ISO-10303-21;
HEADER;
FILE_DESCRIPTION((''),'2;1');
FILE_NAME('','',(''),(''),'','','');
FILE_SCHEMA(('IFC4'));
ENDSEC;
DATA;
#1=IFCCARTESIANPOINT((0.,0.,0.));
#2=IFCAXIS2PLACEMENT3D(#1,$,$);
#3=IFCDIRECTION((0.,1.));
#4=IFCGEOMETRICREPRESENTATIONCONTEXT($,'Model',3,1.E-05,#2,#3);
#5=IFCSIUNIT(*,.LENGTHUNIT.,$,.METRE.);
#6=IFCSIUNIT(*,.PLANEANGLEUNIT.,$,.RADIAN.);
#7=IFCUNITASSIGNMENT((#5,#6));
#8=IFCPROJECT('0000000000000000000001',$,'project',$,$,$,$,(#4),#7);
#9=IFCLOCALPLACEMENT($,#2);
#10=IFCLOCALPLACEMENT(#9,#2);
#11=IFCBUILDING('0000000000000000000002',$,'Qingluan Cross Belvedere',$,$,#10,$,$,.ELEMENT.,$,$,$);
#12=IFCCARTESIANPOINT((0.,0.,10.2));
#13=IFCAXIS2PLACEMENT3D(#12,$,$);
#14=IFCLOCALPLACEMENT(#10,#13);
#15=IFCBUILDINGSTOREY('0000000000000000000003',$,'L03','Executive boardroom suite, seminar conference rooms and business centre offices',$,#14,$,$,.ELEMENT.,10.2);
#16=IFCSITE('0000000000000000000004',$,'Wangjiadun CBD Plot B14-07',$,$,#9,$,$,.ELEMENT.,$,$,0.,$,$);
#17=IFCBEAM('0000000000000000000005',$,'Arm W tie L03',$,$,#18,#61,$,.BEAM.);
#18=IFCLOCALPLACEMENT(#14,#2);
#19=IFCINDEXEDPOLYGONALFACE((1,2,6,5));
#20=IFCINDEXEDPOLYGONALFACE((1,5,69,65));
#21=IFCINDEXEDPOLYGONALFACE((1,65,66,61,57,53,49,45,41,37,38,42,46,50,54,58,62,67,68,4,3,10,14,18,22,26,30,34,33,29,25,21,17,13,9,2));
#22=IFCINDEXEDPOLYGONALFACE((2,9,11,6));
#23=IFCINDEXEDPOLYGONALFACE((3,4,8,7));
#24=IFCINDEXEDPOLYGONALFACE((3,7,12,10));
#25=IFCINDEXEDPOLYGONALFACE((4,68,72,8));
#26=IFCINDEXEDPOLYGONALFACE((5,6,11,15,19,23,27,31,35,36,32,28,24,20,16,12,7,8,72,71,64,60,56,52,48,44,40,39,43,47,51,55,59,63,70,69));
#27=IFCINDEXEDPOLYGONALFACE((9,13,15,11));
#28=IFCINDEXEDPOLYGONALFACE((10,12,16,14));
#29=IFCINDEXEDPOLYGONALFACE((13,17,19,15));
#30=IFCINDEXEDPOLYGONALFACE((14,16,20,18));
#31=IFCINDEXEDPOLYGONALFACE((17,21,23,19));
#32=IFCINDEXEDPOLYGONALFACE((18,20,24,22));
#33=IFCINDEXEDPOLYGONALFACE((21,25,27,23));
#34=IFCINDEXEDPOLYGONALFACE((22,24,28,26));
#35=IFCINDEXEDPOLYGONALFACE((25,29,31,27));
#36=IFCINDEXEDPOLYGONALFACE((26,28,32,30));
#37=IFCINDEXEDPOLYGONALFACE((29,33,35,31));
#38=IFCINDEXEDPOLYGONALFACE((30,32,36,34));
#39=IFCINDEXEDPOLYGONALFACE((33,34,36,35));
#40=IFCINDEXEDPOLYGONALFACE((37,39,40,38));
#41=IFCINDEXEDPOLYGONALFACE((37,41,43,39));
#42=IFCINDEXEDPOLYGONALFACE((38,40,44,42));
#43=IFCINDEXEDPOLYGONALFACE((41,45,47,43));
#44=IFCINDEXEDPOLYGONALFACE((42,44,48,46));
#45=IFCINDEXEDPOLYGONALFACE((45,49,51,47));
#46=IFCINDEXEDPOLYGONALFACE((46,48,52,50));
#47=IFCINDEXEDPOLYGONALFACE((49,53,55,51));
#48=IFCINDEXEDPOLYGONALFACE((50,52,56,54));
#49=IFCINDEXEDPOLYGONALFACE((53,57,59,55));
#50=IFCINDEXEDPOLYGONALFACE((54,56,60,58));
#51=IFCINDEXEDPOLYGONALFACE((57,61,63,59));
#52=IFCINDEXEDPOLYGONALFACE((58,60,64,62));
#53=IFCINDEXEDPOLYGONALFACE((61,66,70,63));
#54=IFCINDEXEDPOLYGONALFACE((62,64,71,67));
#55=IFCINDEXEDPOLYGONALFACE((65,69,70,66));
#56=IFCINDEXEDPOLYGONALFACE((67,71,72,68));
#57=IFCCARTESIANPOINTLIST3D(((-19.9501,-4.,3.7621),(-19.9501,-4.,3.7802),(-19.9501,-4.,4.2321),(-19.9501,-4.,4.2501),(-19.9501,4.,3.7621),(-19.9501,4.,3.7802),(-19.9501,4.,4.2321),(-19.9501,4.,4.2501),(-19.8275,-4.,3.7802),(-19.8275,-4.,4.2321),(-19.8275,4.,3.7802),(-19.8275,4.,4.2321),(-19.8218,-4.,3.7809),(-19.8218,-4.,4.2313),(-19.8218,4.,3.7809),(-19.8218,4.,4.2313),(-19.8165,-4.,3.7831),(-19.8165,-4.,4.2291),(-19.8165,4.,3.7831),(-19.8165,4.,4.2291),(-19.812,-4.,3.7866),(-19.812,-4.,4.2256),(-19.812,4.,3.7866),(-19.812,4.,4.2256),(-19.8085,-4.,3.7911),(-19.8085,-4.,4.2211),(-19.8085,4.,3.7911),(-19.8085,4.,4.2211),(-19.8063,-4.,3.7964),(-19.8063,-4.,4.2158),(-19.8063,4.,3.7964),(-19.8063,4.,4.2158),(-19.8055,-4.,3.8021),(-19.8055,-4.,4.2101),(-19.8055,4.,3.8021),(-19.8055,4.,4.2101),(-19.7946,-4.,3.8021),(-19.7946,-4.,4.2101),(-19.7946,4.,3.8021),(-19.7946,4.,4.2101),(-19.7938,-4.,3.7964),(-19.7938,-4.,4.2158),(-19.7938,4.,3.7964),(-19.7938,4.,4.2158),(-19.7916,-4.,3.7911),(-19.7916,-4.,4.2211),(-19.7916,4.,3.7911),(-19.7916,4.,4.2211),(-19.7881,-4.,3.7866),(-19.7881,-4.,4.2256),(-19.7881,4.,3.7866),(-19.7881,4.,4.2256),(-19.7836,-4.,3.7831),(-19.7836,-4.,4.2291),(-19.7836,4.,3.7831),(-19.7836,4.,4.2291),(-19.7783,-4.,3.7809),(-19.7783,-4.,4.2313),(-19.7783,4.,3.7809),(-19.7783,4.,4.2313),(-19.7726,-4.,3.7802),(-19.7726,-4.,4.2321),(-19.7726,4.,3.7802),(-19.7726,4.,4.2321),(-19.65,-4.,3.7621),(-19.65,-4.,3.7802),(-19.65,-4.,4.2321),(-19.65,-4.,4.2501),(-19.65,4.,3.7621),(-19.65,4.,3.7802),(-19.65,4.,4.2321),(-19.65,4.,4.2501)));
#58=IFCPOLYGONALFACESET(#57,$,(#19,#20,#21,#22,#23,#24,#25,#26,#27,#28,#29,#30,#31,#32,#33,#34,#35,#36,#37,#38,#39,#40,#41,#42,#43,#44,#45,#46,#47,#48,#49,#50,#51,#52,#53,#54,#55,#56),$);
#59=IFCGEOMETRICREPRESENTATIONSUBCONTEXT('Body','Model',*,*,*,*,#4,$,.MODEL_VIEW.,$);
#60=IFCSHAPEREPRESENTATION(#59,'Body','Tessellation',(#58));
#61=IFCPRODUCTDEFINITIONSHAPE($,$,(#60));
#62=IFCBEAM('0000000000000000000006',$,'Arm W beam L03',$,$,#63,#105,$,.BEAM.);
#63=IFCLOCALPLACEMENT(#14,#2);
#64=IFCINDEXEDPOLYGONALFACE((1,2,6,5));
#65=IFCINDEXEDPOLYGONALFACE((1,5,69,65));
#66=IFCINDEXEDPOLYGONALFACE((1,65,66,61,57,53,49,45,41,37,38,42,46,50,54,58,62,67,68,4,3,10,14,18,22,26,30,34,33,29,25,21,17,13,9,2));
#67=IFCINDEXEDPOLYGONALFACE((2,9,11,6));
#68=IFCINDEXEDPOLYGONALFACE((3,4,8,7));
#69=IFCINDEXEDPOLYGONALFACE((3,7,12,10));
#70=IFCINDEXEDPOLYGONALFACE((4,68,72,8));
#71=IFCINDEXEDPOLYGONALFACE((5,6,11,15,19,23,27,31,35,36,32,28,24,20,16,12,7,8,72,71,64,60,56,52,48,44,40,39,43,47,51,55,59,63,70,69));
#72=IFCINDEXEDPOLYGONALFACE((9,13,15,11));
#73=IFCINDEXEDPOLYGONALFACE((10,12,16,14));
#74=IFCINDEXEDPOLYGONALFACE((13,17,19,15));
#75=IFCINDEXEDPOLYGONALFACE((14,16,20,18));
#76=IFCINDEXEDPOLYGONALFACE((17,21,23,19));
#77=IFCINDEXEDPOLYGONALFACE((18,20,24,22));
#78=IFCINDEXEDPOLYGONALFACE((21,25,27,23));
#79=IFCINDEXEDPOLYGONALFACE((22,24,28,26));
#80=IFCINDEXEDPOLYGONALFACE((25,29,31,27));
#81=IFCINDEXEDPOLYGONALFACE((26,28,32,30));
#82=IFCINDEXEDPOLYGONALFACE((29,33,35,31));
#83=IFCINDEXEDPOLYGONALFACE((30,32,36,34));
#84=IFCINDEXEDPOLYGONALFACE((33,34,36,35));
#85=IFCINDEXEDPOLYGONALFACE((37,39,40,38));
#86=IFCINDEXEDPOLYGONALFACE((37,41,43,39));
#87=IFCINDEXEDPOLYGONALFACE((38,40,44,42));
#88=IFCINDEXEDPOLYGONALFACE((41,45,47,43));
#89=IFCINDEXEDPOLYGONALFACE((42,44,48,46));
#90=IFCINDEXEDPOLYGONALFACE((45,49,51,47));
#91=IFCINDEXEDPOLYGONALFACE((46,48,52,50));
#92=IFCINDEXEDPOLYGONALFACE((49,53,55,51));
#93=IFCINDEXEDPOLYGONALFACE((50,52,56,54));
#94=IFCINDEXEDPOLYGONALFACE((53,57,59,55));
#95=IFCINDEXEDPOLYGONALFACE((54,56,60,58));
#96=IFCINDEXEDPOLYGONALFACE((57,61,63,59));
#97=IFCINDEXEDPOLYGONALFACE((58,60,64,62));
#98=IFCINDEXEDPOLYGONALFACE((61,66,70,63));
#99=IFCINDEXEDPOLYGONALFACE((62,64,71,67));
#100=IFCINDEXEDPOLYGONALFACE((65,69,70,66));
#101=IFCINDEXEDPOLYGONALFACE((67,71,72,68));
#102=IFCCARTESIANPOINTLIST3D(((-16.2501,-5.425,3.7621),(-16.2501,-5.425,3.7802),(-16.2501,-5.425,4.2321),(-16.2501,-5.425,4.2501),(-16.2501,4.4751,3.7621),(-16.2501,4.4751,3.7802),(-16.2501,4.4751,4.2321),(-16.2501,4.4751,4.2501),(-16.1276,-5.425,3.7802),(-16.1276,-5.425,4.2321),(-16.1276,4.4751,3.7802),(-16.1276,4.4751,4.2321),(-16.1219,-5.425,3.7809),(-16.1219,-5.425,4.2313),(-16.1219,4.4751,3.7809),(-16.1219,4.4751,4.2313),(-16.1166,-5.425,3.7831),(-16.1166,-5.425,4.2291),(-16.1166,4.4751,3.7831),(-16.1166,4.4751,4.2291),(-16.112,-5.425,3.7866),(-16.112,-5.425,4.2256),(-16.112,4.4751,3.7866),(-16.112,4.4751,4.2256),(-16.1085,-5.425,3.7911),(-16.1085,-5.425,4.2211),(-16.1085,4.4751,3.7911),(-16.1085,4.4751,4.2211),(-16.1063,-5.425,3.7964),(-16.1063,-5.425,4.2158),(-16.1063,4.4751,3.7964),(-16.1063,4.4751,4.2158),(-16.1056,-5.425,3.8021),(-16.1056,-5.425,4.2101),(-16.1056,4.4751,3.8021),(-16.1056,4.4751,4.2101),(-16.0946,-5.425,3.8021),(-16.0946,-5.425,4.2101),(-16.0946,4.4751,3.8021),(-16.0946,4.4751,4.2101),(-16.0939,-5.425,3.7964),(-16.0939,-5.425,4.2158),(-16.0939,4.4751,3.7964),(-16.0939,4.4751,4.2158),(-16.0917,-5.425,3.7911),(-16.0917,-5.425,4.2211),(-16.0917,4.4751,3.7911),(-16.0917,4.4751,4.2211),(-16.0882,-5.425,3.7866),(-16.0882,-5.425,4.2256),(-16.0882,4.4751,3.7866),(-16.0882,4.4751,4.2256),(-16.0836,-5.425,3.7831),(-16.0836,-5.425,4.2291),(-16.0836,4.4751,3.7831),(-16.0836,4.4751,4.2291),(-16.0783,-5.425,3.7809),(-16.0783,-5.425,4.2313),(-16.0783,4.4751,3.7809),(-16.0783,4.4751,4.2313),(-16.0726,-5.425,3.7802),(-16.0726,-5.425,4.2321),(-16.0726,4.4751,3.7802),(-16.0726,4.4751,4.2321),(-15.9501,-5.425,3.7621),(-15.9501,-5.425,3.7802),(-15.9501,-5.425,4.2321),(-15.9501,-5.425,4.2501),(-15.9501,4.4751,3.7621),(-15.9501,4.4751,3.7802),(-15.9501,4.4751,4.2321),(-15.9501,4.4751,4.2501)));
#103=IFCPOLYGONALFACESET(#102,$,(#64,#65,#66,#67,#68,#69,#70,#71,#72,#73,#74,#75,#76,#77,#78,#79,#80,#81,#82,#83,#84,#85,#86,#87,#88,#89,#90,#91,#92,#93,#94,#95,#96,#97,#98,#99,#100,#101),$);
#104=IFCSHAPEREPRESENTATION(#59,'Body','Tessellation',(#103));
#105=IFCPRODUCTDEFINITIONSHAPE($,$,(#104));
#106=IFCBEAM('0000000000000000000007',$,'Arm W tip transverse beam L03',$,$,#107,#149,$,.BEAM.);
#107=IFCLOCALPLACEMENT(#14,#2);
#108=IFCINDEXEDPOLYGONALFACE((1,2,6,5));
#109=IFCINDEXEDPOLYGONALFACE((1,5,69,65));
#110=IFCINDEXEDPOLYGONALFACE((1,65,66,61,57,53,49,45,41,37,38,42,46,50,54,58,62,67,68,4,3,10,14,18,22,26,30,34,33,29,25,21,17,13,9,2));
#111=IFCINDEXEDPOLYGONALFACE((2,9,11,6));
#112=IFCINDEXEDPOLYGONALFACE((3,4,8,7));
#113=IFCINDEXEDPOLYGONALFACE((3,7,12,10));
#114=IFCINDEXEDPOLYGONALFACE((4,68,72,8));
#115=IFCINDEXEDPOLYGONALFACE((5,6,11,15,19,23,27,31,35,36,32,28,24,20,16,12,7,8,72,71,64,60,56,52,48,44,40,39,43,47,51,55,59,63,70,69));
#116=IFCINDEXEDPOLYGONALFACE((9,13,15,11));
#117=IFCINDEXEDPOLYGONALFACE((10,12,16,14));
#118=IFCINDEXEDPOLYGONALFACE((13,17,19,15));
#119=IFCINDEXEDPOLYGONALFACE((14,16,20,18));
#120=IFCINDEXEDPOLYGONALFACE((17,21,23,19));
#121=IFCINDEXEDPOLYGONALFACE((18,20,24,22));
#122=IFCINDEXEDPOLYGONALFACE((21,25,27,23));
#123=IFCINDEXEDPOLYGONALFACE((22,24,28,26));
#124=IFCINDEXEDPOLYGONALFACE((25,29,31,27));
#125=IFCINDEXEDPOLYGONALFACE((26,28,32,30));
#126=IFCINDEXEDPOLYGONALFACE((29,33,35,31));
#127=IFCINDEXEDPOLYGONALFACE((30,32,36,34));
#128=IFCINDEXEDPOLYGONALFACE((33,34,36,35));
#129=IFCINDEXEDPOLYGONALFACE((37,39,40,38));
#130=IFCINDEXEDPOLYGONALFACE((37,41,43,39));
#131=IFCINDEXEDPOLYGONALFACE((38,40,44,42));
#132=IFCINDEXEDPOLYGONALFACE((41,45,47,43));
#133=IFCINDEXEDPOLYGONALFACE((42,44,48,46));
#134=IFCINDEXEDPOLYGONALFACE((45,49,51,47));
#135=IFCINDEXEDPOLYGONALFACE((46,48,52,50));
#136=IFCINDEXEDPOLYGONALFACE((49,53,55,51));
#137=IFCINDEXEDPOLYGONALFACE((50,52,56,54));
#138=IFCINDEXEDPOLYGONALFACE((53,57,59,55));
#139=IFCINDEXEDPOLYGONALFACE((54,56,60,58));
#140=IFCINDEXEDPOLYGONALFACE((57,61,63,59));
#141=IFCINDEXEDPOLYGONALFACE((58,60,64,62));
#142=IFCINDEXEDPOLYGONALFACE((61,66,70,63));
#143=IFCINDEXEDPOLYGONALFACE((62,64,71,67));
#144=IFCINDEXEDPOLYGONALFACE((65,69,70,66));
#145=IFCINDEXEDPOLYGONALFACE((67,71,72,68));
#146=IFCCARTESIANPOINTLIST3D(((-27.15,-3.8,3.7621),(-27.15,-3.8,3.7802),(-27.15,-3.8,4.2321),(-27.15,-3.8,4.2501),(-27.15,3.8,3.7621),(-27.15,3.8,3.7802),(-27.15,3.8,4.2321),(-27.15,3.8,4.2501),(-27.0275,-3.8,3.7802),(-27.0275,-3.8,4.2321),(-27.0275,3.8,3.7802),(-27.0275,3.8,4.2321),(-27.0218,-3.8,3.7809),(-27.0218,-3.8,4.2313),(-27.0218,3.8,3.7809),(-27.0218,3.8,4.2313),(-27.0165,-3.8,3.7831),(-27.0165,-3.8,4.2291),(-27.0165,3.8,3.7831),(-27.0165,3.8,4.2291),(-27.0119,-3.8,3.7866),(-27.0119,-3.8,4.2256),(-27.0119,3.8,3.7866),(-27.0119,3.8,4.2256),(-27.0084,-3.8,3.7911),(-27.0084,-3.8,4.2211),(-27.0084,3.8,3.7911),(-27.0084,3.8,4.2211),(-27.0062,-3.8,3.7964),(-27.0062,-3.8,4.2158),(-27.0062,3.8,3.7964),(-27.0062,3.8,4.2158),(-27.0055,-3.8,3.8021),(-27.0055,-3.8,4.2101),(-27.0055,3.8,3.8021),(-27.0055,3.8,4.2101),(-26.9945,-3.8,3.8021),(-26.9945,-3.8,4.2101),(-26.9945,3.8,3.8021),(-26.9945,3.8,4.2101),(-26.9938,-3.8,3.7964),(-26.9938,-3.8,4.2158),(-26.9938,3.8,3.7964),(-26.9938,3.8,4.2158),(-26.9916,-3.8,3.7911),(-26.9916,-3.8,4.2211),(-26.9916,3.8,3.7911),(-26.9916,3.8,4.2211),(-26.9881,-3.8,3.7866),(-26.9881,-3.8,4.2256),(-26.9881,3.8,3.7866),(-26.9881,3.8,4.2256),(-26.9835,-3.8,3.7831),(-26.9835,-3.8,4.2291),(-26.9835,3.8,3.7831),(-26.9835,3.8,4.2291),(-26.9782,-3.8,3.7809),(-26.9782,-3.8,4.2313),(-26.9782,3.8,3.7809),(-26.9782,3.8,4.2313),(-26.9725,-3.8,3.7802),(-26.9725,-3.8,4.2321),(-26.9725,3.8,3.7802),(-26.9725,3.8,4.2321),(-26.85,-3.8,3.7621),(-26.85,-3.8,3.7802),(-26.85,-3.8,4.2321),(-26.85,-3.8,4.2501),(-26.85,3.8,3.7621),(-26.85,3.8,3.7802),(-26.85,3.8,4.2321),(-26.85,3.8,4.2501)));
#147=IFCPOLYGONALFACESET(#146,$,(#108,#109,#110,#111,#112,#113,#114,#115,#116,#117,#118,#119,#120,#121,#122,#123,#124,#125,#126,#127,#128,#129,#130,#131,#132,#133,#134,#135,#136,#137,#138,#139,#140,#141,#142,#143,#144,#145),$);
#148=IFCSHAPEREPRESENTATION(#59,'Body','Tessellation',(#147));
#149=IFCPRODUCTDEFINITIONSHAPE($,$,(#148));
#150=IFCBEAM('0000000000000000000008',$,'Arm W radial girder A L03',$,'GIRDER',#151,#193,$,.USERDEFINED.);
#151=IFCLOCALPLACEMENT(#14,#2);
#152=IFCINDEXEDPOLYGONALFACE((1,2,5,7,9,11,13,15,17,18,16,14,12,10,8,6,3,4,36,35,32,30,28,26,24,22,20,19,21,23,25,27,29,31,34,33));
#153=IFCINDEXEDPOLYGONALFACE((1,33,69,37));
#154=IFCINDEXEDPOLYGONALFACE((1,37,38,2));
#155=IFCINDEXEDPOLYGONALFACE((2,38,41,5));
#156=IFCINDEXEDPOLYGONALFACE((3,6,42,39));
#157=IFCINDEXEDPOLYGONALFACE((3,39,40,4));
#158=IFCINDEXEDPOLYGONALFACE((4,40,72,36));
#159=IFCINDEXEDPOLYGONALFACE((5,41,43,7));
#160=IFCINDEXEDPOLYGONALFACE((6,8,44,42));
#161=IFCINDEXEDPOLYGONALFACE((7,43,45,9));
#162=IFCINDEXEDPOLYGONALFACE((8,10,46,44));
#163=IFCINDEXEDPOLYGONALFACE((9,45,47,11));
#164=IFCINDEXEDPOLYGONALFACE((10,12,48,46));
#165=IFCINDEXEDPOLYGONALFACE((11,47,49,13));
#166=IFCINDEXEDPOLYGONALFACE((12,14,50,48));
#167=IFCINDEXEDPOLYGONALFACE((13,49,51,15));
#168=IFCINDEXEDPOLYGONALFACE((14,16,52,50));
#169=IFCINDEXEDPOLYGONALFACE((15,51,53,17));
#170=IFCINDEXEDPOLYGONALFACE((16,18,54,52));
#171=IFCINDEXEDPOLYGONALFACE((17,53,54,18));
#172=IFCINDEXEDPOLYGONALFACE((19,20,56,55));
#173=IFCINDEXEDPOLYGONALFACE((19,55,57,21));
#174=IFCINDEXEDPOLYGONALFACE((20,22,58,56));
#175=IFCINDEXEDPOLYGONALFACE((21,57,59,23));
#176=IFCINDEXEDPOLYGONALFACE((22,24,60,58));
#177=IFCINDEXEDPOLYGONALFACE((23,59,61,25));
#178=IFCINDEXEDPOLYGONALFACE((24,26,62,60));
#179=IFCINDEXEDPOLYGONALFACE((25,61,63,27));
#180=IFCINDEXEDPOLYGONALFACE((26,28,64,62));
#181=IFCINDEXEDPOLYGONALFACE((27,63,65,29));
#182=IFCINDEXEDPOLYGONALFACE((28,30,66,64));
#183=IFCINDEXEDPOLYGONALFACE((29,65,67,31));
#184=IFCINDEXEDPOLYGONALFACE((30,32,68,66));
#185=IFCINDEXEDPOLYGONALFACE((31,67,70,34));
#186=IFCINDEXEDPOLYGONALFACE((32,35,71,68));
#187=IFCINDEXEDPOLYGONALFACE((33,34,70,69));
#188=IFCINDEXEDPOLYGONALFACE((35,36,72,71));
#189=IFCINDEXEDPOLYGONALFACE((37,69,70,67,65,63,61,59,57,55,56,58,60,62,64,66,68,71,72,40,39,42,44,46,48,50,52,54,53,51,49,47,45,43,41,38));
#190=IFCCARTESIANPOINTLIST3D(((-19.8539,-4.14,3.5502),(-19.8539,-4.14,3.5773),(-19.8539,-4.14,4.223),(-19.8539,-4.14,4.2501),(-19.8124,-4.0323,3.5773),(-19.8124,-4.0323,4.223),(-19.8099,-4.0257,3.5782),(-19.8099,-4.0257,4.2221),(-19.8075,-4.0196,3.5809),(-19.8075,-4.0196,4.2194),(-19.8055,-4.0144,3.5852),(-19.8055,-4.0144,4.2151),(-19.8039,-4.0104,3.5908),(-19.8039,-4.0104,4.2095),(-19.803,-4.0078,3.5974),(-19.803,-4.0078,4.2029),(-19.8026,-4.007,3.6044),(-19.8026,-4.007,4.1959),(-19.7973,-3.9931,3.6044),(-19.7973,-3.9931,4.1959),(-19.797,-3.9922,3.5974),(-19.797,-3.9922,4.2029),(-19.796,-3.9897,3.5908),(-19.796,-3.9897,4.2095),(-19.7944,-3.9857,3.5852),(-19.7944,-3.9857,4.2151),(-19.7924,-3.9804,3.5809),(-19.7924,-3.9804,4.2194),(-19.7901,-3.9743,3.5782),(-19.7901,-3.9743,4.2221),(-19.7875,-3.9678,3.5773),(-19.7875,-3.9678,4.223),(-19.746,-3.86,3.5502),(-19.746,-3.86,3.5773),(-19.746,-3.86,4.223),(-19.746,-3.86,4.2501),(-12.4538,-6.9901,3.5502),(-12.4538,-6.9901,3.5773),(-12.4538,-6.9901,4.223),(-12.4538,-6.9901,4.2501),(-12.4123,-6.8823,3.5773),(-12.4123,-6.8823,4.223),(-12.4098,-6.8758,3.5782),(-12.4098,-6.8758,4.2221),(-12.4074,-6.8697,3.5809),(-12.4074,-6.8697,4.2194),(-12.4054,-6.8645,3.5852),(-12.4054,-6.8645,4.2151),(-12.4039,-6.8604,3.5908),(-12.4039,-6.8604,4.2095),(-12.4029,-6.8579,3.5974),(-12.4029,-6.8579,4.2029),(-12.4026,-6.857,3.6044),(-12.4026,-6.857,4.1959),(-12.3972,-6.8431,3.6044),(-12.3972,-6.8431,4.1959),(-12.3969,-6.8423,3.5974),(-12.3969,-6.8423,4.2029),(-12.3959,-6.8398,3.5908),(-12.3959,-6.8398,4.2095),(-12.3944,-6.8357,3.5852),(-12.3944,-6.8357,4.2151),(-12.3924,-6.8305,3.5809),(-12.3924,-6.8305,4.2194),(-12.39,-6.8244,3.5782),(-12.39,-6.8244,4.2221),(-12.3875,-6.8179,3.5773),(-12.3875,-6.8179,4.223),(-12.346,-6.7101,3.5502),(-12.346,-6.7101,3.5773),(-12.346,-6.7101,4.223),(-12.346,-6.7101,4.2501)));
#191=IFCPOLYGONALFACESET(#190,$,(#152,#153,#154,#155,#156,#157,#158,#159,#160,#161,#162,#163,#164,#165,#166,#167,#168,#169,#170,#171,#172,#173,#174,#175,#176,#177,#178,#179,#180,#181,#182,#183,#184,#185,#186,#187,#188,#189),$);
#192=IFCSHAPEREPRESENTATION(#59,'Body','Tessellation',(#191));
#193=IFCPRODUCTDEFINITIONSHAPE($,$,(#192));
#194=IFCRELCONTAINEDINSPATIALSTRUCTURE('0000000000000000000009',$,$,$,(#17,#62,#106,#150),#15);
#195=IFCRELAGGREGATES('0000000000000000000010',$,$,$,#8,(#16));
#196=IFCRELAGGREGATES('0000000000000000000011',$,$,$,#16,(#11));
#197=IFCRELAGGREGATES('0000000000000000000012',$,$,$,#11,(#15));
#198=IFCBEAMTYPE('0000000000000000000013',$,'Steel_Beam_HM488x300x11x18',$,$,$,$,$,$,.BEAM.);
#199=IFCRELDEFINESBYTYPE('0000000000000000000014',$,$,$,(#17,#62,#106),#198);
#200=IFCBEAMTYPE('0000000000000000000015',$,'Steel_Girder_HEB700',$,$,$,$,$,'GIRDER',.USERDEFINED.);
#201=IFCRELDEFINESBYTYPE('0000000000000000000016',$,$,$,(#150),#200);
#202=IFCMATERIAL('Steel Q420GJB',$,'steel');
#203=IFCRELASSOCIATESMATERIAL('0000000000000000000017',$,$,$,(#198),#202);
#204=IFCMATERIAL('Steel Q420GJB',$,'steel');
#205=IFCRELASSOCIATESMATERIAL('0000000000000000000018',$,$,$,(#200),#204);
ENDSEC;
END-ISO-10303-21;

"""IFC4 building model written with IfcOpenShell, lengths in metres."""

from ifc_helpers import new_model, si_unit, direction, frame, origin, origin_2d, place, context, subcontext, project, spatial, i_section, extrude, material, material_profile, profile_set, type_object, element, save


model = new_model("IFC4")

# Units and contexts
model_context = context("Model", 3, precision=1e-05, world=origin(), true_north=direction((0.0, 1.0)))
body_context = subcontext(model_context, "Body", "Model", "MODEL_VIEW")
ifc_project = project(units=[si_unit("LENGTHUNIT", "METRE"), si_unit("PLANEANGLEUNIT", "RADIAN")], contexts=[model_context])

# Site, building, storey
site_placement = place(None, origin())
site = spatial("IfcSite", under=ifc_project, at=site_placement, Name="Wangjiadun CBD Plot B14-07", CompositionType="ELEMENT", RefElevation=0.0)
building_placement = place(site_placement, origin())
building = spatial("IfcBuilding", under=site, at=building_placement, Name="Qingluan Cross Belvedere", CompositionType="ELEMENT")
storey_placement = place(building_placement, frame((0.0, 0.0, 10.2)))
storey = spatial("IfcBuildingStorey", under=building, at=storey_placement, Name="L03", Description="Executive boardroom suite, seminar conference rooms and business centre offices", CompositionType="ELEMENT", Elevation=10.2)

# Beams
ifc_material_1 = material(Name="Steel Q420GJB", Category="steel")
ifc_material_profile_1 = material_profile(ifc_material_1, i_section(OverallWidth=0.3, OverallDepth=0.488, WebThickness=0.011, FlangeThickness=0.0181, FilletRadius=0.022, at=origin_2d()), Name="HM488x300x11x18")
ifc_profile_set_1 = profile_set([ifc_material_profile_1], Name="Steel Q420GJB")
beam_type_1 = type_object("IfcBeamType", Name="Steel_Beam_HM488x300x11x18", PredefinedType="BEAM", material=ifc_profile_set_1)
for number, where, z_axis, x_axis, name in (
    (1, (-19.8, -4.0, 4.0061), (0.0, 1.0, 0.0), (-1.0, 0.0, 0.0), "Arm W tie L03"),
):
    element("IfcBeam", number, at=place(storey_placement, frame(where, z_axis=z_axis, x_axis=x_axis)), inside=storey, type_object=beam_type_1, Name=name, PredefinedType="BEAM", context=body_context, shape_type="SweptSolid", body=[
        extrude(i_section(OverallWidth=0.3, OverallDepth=0.488, WebThickness=0.011, FlangeThickness=0.0181, FilletRadius=0.022, at=origin_2d()), origin(), (0.0, 0.0, 1.0), 8.0),
    ])
beam_1_placement = place(storey_placement, frame((-16.1001, -5.425, 4.0061), z_axis=(0.0, 1.0, 0.0), x_axis=(-1.0, 0.0, 0.0)))
element("IfcBeam", 2, at=beam_1_placement, inside=storey, type_object=beam_type_1, Name="Arm W beam L03", PredefinedType="BEAM", context=body_context, shape_type="SweptSolid", body=[
    extrude(i_section(OverallWidth=0.3, OverallDepth=0.488, WebThickness=0.011, FlangeThickness=0.0181, FilletRadius=0.022, at=origin_2d()), origin(), (0.0, 0.0, 1.0), 9.9001),
])
beam_2_placement = place(storey_placement, frame((-27.0, -3.8, 4.0061), z_axis=(0.0, 1.0, 0.0), x_axis=(-1.0, 0.0, 0.0)))
element("IfcBeam", 3, at=beam_2_placement, inside=storey, type_object=beam_type_1, Name="Arm W tip transverse beam L03", PredefinedType="BEAM", context=body_context, shape_type="SweptSolid", body=[
    extrude(i_section(OverallWidth=0.3, OverallDepth=0.488, WebThickness=0.011, FlangeThickness=0.0181, FilletRadius=0.022, at=origin_2d()), origin(), (0.0, 0.0, 1.0), 7.6001),
])
ifc_material_2 = material(Name="Steel Q420GJB", Category="steel")
ifc_material_profile_2 = material_profile(ifc_material_2, i_section(OverallWidth=0.3, OverallDepth=0.7, WebThickness=0.0149, FlangeThickness=0.0271, FilletRadius=0.0271, at=origin_2d()), Name="HEB700")
ifc_profile_set_2 = profile_set([ifc_material_profile_2], Name="Steel Q420GJB")
beam_type_2 = type_object("IfcBeamType", Name="Steel_Girder_HEB700", ElementType="GIRDER", PredefinedType="USERDEFINED", material=ifc_profile_set_2)
beam_3_placement = place(storey_placement, frame((-12.3999, -6.8501, 3.9001), z_axis=(-0.933181, 0.359406, 0.0), x_axis=(-0.359406, -0.933181, 0.0)))
element("IfcBeam", 4, at=beam_3_placement, inside=storey, type_object=beam_type_2, Name="Arm W radial girder A L03", ObjectType="GIRDER", PredefinedType="USERDEFINED", context=body_context, shape_type="SweptSolid", body=[
    extrude(i_section(OverallWidth=0.3, OverallDepth=0.7, WebThickness=0.0149, FlangeThickness=0.0271, FilletRadius=0.0271, at=origin_2d()), origin(), (0.0, 0.0, 1.0), 7.9299),
])

save(model, "model.ifc")
